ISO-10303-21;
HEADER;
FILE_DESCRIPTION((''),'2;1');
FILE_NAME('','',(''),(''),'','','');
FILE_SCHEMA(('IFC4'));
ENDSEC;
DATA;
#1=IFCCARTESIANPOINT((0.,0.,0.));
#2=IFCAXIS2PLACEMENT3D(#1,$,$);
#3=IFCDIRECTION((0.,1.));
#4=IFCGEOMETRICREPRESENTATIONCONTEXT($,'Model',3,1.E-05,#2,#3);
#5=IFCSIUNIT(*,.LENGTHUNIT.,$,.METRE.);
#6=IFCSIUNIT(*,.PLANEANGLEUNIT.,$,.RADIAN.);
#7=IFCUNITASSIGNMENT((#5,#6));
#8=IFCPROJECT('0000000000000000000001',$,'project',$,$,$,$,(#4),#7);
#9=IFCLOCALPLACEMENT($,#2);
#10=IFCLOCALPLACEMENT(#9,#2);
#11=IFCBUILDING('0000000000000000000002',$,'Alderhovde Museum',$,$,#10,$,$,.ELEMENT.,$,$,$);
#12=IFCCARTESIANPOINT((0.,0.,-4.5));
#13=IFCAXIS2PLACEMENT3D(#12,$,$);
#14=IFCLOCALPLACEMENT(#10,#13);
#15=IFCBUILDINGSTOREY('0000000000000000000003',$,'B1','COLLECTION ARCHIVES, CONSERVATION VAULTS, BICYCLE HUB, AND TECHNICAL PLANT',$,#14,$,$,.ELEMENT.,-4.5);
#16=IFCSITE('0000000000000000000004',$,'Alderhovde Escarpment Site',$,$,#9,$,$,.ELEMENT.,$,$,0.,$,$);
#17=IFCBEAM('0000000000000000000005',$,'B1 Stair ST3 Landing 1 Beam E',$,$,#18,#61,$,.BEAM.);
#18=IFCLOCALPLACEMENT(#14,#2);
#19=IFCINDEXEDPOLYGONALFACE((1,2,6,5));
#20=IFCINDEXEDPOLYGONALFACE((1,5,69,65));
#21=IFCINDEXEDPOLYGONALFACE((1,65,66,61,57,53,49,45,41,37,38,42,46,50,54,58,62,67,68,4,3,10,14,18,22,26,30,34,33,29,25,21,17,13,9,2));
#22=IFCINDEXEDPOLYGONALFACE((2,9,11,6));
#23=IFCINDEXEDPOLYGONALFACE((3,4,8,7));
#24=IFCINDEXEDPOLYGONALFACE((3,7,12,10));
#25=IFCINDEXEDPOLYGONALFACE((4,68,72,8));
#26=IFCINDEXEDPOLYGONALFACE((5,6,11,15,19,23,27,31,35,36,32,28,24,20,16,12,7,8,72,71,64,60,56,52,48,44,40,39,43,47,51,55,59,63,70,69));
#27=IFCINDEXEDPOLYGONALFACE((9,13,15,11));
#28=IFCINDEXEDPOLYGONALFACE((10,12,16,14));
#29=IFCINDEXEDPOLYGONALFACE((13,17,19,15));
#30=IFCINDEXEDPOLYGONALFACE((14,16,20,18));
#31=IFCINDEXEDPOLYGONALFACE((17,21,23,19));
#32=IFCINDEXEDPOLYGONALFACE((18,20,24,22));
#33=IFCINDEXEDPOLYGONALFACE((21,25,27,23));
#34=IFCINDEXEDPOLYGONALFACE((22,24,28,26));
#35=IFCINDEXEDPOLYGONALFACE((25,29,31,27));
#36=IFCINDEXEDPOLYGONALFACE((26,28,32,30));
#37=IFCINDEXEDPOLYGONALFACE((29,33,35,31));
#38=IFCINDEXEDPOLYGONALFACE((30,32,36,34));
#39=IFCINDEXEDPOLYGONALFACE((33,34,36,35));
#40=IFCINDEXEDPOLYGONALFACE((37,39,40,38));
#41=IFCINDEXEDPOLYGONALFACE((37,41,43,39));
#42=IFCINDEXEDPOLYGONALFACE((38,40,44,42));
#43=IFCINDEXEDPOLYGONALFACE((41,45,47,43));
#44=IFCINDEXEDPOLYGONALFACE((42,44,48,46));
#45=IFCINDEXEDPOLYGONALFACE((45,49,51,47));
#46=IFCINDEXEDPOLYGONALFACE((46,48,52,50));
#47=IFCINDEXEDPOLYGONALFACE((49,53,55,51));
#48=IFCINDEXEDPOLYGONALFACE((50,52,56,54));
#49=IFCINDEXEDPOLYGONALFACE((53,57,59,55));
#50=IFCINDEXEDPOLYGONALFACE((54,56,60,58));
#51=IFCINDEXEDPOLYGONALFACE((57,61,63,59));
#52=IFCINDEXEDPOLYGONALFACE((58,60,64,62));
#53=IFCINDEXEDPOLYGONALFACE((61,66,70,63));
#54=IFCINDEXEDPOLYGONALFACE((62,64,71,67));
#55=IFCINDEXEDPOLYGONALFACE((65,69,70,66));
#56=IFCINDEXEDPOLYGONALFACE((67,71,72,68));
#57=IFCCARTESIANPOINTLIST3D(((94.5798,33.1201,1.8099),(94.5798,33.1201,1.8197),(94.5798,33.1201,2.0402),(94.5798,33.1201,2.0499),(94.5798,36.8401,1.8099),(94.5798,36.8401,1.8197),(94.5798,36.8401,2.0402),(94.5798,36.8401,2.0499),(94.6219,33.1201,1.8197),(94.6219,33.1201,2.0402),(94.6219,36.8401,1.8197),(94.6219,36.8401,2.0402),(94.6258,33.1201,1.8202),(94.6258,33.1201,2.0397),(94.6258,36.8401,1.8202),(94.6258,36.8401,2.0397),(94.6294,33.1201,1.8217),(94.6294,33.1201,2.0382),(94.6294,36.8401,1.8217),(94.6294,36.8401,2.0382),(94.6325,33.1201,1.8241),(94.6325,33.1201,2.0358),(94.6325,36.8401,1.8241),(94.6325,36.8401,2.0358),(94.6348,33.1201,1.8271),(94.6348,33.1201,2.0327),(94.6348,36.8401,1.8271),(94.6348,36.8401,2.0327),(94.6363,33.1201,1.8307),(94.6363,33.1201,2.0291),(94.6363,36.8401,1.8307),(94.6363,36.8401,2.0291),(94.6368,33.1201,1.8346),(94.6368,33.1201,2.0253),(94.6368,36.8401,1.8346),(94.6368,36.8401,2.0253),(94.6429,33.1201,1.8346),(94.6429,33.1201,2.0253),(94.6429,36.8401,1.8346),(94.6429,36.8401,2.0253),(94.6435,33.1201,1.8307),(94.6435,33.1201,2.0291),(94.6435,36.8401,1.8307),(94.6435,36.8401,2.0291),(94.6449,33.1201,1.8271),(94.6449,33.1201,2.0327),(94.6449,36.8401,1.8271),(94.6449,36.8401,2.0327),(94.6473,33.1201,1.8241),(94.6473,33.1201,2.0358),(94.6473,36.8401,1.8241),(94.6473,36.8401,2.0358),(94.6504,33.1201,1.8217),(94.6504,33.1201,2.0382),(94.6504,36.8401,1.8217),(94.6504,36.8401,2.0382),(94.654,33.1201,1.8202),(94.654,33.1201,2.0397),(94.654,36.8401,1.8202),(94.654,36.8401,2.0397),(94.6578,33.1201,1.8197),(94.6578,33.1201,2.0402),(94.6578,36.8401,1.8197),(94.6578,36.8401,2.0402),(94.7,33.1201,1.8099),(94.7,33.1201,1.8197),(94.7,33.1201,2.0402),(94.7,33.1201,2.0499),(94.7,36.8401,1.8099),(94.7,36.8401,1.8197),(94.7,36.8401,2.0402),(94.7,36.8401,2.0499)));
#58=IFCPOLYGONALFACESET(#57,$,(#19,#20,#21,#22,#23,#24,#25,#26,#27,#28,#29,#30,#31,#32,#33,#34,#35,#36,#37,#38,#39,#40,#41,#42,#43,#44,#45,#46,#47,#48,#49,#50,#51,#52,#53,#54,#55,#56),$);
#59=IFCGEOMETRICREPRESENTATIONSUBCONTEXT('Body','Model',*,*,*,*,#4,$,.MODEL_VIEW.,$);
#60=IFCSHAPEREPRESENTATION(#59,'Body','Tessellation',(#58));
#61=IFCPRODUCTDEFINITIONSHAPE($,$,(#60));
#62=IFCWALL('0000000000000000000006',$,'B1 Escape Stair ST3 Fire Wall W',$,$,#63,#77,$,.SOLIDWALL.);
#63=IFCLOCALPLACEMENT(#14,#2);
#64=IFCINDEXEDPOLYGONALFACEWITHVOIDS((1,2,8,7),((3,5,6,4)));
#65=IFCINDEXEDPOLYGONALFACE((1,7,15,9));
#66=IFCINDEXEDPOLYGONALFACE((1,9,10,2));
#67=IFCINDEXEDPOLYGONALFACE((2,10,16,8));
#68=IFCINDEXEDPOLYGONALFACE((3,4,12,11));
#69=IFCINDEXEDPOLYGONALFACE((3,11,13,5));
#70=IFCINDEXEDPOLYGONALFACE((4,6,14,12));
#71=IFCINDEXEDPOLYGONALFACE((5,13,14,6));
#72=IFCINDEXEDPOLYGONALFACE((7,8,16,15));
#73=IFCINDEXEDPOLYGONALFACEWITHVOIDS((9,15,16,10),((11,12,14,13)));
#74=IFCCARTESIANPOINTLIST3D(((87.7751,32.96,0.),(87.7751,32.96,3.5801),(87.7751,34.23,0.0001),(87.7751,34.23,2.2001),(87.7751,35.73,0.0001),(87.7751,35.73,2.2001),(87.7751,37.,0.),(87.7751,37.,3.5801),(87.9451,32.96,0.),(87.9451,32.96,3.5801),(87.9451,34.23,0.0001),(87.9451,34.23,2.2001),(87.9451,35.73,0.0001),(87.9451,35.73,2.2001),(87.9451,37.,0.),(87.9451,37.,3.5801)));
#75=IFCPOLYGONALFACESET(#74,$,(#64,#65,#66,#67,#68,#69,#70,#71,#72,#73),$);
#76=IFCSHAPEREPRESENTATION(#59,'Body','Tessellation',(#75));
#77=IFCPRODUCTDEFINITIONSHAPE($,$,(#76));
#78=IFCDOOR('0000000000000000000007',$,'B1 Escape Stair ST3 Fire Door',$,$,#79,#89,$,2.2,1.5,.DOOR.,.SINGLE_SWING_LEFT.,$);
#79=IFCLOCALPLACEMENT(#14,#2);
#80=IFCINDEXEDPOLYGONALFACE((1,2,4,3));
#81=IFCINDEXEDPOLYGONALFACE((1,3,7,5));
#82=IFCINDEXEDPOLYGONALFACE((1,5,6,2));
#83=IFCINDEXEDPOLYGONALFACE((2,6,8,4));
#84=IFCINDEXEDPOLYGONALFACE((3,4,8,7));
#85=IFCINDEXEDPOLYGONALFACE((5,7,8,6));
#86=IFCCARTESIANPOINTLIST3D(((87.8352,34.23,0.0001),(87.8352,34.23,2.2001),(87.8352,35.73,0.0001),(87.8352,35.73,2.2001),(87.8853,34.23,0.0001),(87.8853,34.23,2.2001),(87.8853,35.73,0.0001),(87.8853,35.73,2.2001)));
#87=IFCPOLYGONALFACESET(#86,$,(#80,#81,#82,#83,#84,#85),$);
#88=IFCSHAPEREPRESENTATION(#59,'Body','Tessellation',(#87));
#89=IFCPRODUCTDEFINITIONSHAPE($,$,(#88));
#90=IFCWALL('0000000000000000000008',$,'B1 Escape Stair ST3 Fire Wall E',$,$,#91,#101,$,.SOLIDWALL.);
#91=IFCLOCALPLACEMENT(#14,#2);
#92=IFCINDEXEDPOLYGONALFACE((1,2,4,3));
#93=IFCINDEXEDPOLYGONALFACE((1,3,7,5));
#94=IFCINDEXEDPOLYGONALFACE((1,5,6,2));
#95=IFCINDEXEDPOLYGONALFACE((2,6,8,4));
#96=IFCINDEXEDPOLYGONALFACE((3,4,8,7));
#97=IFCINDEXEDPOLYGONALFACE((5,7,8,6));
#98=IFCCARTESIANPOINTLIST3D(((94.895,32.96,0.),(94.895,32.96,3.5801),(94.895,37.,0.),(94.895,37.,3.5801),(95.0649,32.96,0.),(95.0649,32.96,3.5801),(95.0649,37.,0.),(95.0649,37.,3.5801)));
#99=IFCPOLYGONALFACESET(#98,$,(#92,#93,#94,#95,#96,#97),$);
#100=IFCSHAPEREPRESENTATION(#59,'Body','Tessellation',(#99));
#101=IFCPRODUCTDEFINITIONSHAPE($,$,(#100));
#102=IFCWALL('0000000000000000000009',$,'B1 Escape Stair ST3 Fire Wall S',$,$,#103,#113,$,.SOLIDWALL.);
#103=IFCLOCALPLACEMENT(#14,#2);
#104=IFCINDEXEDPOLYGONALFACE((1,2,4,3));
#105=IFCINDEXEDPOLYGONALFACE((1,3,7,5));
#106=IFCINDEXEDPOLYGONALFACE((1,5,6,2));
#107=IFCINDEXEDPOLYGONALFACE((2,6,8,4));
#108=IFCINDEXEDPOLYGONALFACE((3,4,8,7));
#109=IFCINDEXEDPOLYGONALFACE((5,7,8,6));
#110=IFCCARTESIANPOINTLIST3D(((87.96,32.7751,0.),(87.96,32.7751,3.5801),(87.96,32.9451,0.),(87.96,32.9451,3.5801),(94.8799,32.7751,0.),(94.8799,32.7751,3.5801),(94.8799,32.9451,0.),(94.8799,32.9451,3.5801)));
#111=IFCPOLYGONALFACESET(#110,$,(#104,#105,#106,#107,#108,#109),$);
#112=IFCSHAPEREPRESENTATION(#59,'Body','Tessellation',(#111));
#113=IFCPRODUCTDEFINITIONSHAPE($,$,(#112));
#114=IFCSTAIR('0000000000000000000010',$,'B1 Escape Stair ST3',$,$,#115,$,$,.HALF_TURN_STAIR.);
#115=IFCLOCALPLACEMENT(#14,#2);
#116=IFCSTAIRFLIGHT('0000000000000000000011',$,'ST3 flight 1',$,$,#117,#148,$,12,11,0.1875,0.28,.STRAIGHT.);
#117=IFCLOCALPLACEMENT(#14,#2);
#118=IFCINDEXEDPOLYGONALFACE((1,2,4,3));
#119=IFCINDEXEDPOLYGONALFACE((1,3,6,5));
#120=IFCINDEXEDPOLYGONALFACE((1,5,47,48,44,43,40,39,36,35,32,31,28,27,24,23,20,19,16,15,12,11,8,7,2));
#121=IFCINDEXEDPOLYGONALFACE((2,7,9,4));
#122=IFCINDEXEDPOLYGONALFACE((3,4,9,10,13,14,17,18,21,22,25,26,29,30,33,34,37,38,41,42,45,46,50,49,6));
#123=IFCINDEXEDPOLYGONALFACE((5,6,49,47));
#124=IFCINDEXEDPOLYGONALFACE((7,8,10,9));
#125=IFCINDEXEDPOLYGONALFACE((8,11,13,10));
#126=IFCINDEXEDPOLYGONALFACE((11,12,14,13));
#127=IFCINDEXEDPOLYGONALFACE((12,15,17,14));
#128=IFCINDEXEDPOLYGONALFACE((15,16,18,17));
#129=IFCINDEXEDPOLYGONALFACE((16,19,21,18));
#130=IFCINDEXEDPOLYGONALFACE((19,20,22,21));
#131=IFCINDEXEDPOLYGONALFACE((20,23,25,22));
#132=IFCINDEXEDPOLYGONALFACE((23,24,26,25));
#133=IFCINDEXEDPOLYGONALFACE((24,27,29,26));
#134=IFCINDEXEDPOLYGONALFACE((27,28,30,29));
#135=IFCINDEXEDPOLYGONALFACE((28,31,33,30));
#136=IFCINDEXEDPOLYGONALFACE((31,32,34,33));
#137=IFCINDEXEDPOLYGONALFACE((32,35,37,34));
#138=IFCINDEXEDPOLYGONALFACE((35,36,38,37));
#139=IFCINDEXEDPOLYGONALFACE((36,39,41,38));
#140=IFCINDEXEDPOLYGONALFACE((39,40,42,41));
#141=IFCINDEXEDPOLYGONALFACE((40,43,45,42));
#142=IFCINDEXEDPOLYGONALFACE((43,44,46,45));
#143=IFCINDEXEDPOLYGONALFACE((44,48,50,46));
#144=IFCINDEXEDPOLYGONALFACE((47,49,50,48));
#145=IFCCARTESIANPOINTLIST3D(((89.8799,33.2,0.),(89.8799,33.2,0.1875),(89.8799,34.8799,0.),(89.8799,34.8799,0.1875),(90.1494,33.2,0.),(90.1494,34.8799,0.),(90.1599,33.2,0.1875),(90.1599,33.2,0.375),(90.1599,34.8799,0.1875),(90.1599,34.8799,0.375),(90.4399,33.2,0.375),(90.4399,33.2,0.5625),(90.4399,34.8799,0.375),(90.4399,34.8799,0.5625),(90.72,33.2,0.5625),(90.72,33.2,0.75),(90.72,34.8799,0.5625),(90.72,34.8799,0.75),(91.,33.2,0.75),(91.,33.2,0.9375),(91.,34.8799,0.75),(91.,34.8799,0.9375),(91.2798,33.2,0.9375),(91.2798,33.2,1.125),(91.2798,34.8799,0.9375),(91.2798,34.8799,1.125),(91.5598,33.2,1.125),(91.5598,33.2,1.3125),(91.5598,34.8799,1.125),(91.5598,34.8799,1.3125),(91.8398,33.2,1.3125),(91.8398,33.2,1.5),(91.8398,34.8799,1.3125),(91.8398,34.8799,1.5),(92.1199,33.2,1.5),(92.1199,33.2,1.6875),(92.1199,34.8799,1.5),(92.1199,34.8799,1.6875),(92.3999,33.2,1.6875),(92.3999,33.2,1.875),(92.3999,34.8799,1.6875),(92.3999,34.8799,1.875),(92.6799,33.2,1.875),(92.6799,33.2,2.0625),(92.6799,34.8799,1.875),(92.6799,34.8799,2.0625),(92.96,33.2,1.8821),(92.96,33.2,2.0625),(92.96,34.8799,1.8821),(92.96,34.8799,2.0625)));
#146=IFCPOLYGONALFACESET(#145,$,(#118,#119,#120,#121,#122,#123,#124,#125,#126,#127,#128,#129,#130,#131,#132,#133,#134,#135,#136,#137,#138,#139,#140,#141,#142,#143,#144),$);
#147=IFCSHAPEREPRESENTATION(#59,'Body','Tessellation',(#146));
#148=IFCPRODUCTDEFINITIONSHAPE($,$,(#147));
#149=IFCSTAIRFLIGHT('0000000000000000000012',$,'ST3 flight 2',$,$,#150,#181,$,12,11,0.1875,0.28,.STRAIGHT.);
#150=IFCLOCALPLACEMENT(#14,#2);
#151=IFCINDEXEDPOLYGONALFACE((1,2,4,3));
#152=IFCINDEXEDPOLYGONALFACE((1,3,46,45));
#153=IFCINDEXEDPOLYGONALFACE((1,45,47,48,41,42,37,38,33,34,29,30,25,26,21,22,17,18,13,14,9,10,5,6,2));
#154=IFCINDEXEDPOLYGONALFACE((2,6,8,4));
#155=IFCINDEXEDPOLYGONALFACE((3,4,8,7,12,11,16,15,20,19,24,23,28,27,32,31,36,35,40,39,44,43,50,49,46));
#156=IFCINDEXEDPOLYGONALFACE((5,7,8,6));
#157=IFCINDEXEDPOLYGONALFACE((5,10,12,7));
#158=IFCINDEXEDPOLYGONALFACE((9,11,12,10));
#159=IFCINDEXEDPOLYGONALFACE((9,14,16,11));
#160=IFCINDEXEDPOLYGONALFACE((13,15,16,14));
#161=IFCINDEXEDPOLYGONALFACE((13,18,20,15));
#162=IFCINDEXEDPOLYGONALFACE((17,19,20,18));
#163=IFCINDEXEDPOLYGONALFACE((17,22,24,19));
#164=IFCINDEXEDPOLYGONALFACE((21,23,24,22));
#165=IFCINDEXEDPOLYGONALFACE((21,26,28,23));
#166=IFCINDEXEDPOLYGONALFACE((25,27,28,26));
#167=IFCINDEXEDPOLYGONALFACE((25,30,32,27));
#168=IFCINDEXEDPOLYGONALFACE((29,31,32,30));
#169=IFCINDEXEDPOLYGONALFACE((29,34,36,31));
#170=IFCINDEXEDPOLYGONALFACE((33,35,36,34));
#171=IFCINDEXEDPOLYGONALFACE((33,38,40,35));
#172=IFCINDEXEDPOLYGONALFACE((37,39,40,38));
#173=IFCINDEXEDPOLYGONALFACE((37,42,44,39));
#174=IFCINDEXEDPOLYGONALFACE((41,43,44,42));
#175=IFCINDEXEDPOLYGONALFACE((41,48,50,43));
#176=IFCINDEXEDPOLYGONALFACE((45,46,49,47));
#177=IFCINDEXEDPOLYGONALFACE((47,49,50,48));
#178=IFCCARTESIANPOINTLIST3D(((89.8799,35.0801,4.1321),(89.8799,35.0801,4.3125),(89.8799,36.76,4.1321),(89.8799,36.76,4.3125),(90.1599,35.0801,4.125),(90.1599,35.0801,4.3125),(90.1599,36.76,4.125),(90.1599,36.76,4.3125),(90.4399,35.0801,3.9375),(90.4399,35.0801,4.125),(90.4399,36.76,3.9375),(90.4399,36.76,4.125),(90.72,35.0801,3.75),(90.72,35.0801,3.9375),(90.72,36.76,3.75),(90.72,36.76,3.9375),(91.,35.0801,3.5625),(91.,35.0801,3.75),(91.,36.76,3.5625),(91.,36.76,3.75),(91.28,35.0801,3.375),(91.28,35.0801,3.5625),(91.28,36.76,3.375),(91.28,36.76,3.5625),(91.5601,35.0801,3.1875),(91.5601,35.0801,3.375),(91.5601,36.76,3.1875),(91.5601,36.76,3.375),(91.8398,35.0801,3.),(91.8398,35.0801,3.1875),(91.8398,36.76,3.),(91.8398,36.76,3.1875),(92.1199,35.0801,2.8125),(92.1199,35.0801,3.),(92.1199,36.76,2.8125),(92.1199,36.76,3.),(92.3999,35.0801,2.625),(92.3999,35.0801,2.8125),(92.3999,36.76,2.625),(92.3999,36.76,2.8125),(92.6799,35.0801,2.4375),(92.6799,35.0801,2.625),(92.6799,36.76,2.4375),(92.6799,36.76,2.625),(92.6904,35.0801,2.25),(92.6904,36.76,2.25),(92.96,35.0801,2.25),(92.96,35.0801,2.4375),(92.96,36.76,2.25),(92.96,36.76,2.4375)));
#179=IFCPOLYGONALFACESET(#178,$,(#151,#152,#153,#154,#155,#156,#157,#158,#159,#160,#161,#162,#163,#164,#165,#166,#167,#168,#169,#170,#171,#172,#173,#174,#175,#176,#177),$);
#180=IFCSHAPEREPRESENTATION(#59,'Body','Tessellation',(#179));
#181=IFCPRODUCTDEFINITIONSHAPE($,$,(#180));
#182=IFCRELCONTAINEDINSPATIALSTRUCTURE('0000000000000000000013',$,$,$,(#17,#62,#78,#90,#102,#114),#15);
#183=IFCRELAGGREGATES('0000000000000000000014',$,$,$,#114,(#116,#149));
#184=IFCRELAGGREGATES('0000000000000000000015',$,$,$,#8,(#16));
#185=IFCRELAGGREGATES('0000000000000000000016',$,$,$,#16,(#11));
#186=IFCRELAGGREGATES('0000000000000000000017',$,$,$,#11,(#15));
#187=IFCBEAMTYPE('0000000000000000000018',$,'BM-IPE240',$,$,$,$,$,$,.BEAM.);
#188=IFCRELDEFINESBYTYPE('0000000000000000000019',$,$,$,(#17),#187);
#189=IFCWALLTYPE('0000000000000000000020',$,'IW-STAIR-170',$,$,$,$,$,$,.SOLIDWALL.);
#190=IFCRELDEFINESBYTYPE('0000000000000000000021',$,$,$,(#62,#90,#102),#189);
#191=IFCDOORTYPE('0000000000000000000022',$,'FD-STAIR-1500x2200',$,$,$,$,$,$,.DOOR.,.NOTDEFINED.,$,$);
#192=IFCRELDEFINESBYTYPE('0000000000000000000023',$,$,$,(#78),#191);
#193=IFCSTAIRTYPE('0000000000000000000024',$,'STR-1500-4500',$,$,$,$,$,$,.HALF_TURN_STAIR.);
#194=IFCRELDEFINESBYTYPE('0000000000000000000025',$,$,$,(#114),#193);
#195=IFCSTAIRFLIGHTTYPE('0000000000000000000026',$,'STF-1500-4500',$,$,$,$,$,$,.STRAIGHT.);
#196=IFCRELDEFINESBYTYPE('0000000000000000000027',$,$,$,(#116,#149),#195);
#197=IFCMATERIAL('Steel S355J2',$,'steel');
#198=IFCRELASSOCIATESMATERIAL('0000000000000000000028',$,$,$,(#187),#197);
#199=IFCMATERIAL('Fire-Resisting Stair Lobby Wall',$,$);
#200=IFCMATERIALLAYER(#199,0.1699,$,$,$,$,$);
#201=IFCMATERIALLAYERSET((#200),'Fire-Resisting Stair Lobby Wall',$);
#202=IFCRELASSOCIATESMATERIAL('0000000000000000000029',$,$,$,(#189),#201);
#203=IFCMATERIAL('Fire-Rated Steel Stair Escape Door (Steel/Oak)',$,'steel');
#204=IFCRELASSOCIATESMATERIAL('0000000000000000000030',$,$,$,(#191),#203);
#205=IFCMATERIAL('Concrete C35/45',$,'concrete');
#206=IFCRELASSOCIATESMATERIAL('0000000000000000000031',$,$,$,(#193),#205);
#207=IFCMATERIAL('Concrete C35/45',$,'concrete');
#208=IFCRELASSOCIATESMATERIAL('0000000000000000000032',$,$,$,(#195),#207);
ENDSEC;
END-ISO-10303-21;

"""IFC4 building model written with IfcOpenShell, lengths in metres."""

from ifc_helpers import new_model, si_unit, direction, frame, frame_2d, origin, origin_2d, place, context, subcontext, project, spatial, polyline, rectangle, i_section, outline, extrude, material, layer, layer_set, material_profile, profile_set, type_object, element, fill, aggregate, save


model = new_model("IFC4")

# Units and contexts
model_context = context("Model", 3, precision=1e-05, world=origin(), true_north=direction((0.0, 1.0)))
body_context = subcontext(model_context, "Body", "Model", "MODEL_VIEW")
ifc_project = project(units=[si_unit("LENGTHUNIT", "METRE"), si_unit("PLANEANGLEUNIT", "RADIAN")], contexts=[model_context])

# Site, building, storey
site_placement = place(None, origin())
site = spatial("IfcSite", under=ifc_project, at=site_placement, Name="Alderhovde Escarpment Site", CompositionType="ELEMENT", RefElevation=0.0)
building_placement = place(site_placement, origin())
building = spatial("IfcBuilding", under=site, at=building_placement, Name="Alderhovde Museum", CompositionType="ELEMENT")
storey_placement = place(building_placement, frame((0.0, 0.0, -4.5)))
storey = spatial("IfcBuildingStorey", under=building, at=storey_placement, Name="B1", Description="COLLECTION ARCHIVES, CONSERVATION VAULTS, BICYCLE HUB, AND TECHNICAL PLANT", CompositionType="ELEMENT", Elevation=-4.5)

# Beam
ifc_material_1 = material(Name="Steel S355J2", Category="steel")
ifc_material_profile_1 = material_profile(ifc_material_1, i_section(OverallWidth=0.1201, OverallDepth=0.24, WebThickness=0.0061, FlangeThickness=0.0098, FilletRadius=0.0149, at=origin_2d()), Name="IPE 240")
ifc_profile_set_1 = profile_set([ifc_material_profile_1], Name="Steel S355J2")
beam_type = type_object("IfcBeamType", Name="BM-IPE240", PredefinedType="BEAM", material=ifc_profile_set_1)
for number, where, z_axis, x_axis, name in (
    (1, (94.6399, 33.1201, 1.9299), (0.0, 1.0, 0.0), (-1.0, 0.0, 0.0), "B1 Stair ST3 Landing 1 Beam E"),
):
    element("IfcBeam", number, at=place(storey_placement, frame(where, z_axis=z_axis, x_axis=x_axis)), inside=storey, type_object=beam_type, Name=name, PredefinedType="BEAM", context=body_context, shape_type="SweptSolid", body=[
        extrude(i_section(OverallWidth=0.1201, OverallDepth=0.24, WebThickness=0.0061, FlangeThickness=0.0098, FilletRadius=0.0149, at=origin_2d()), origin(), (0.0, 0.0, 1.0), 3.72),
    ])

# Wall, opening, door
ifc_material_2 = material(Name="Fire-Resisting Stair Lobby Wall")
ifc_layer = layer(ifc_material_2, 0.1699)
ifc_layer_set = layer_set([ifc_layer], Name="Fire-Resisting Stair Lobby Wall")
wall_type = type_object("IfcWallType", Name="IW-STAIR-170", PredefinedType="SOLIDWALL", material=ifc_layer_set)
wall_1_placement = place(storey_placement, frame((87.8601, 32.96, 0.0), z_axis=(0.0, 0.0, 1.0), x_axis=(0.0, 1.0, 0.0)))
wall_1 = element("IfcWall", 2, at=wall_1_placement, inside=storey, type_object=wall_type, Name="B1 Escape Stair ST3 Fire Wall W", PredefinedType="SOLIDWALL", context=body_context, shape_type="SweptSolid", body=[
    extrude(rectangle(XDim=4.04, YDim=0.1699, at=frame_2d((2.02, 0.0))), origin(), (0.0, 0.0, 1.0), 3.5801),
])
opening_placement = place(wall_1_placement, frame((1.27, 0.0, 0.0)))
opening = element("IfcOpeningElement", 3, at=opening_placement, cuts=wall_1, PredefinedType="OPENING", context=body_context, shape_type="SweptSolid", body=[
    extrude(rectangle(XDim=1.5, YDim=2.2, at=frame_2d((0.75, 1.1001))), frame((0.0, 0.095, 0.0), z_axis=(0.0, -1.0, 0.0), x_axis=(1.0, 0.0, 0.0)), (0.0, 0.0, 1.0), 0.1899),
])
ifc_material_3 = material(Name="Fire-Rated Steel Stair Escape Door (Steel/Oak)", Category="steel")
door_type = type_object("IfcDoorType", Name="FD-STAIR-1500x2200", OperationType="NOTDEFINED", PredefinedType="DOOR", material=ifc_material_3)
door_placement = place(opening_placement, origin())
door = element("IfcDoor", 4, at=door_placement, inside=storey, type_object=door_type, Name="B1 Escape Stair ST3 Fire Door", OperationType="SINGLE_SWING_LEFT", OverallHeight=2.2, OverallWidth=1.5, PredefinedType="DOOR", context=body_context, shape_type="SweptSolid", body=[
    extrude(rectangle(XDim=1.5, YDim=2.2, at=frame_2d((0.75, 1.1001))), frame((0.0, 0.0249, 0.0), z_axis=(0.0, -1.0, 0.0), x_axis=(1.0, 0.0, 0.0)), (0.0, 0.0, 1.0), 0.05),
])
fill(opening, door)

# Walls
wall_2_placement = place(storey_placement, frame((94.98, 32.96, 0.0), z_axis=(0.0, 0.0, 1.0), x_axis=(0.0, 1.0, 0.0)))
element("IfcWall", 5, at=wall_2_placement, inside=storey, type_object=wall_type, Name="B1 Escape Stair ST3 Fire Wall E", PredefinedType="SOLIDWALL", context=body_context, shape_type="SweptSolid", body=[
    extrude(rectangle(XDim=4.04, YDim=0.1699, at=frame_2d((2.02, 0.0))), origin(), (0.0, 0.0, 1.0), 3.5801),
])
wall_3_placement = place(storey_placement, frame((87.96, 32.8601, 0.0), z_axis=(0.0, 0.0, 1.0), x_axis=(1.0, 0.0, 0.0)))
element("IfcWall", 6, at=wall_3_placement, inside=storey, type_object=wall_type, Name="B1 Escape Stair ST3 Fire Wall S", PredefinedType="SOLIDWALL", context=body_context, shape_type="SweptSolid", body=[
    extrude(rectangle(XDim=6.9199, YDim=0.1699, at=frame_2d((3.46, 0.0))), origin(), (0.0, 0.0, 1.0), 3.5801),
])

# Stair, stair flights
ifc_material_4 = material(Name="Concrete C35/45", Category="concrete")
stair_type = type_object("IfcStairType", Name="STR-1500-4500", PredefinedType="HALF_TURN_STAIR", material=ifc_material_4)
stair_placement = place(storey_placement, origin())
stair = element("IfcStair", 7, at=stair_placement, inside=storey, type_object=stair_type, Name="B1 Escape Stair ST3", PredefinedType="HALF_TURN_STAIR")
ifc_material_5 = material(Name="Concrete C35/45", Category="concrete")
stair_flight_type = type_object("IfcStairFlightType", Name="STF-1500-4500", PredefinedType="STRAIGHT", material=ifc_material_5)
stair_flight_1_placement = place(storey_placement, frame((89.8799, 34.04, 0.0), z_axis=(0.0, 0.0, 1.0), x_axis=(1.0, 0.0, 0.0)))
stair_flight_1 = element("IfcStairFlight", 8, at=stair_flight_1_placement, type_object=stair_flight_type, Name="ST3 flight 1", NumberOfRisers=12, NumberOfTreads=11, PredefinedType="STRAIGHT", RiserHeight=0.1875, TreadLength=0.28, context=body_context, shape_type="SweptSolid", body=[
    extrude(outline(polyline([(0.0, 0.0), (0.0, 0.1875), (0.28, 0.1875), (0.28, 0.375), (0.5601, 0.375), (0.5601, 0.5625), (0.8401, 0.5625), (0.8401, 0.75), (1.1201, 0.75), (1.1201, 0.9375), (1.3999, 0.9375), (1.3999, 1.125), (1.6799, 1.125), (1.6799, 1.3125), (1.96, 1.3125), (1.96, 1.5), (2.24, 1.5), (2.24, 1.6875), (2.52, 1.6875), (2.52, 1.875), (2.8, 1.875), (2.8, 2.0625), (3.0801, 2.0625), (3.0801, 2.25), (3.0801, 1.8821), (0.2695, 0.0), (0.0, 0.0)])), frame((0.0, 0.8398, 0.0), z_axis=(0.0, -1.0, 0.0), x_axis=(1.0, 0.0, 0.0)), (0.0, 0.0, 1.0), 1.6799),
])
stair_flight_2_placement = place(storey_placement, frame((92.96, 35.9199, 2.25), z_axis=(0.0, 0.0, 1.0), x_axis=(-1.0, 0.0, 0.0)))
stair_flight_2 = element("IfcStairFlight", 9, at=stair_flight_2_placement, type_object=stair_flight_type, Name="ST3 flight 2", NumberOfRisers=12, NumberOfTreads=11, PredefinedType="STRAIGHT", RiserHeight=0.1875, TreadLength=0.28, context=body_context, shape_type="SweptSolid", body=[
    extrude(outline(polyline([(0.0, 0.0), (0.0, 0.1875), (0.28, 0.1875), (0.28, 0.375), (0.5601, 0.375), (0.5601, 0.5625), (0.8401, 0.5625), (0.8401, 0.75), (1.1201, 0.75), (1.1201, 0.9375), (1.3999, 0.9375), (1.3999, 1.125), (1.6799, 1.125), (1.6799, 1.3125), (1.96, 1.3125), (1.96, 1.5), (2.24, 1.5), (2.24, 1.6875), (2.52, 1.6875), (2.52, 1.875), (2.8, 1.875), (2.8, 2.0625), (3.0801, 2.0625), (3.0801, 2.25), (3.0801, 1.8821), (0.2695, 0.0), (0.0, 0.0)])), frame((0.0, 0.8398, 0.0), z_axis=(0.0, -1.0, 0.0), x_axis=(1.0, 0.0, 0.0)), (0.0, 0.0, 1.0), 1.6799),
])
aggregate(stair, [stair_flight_1, stair_flight_2])

save(model, "model.ifc")
